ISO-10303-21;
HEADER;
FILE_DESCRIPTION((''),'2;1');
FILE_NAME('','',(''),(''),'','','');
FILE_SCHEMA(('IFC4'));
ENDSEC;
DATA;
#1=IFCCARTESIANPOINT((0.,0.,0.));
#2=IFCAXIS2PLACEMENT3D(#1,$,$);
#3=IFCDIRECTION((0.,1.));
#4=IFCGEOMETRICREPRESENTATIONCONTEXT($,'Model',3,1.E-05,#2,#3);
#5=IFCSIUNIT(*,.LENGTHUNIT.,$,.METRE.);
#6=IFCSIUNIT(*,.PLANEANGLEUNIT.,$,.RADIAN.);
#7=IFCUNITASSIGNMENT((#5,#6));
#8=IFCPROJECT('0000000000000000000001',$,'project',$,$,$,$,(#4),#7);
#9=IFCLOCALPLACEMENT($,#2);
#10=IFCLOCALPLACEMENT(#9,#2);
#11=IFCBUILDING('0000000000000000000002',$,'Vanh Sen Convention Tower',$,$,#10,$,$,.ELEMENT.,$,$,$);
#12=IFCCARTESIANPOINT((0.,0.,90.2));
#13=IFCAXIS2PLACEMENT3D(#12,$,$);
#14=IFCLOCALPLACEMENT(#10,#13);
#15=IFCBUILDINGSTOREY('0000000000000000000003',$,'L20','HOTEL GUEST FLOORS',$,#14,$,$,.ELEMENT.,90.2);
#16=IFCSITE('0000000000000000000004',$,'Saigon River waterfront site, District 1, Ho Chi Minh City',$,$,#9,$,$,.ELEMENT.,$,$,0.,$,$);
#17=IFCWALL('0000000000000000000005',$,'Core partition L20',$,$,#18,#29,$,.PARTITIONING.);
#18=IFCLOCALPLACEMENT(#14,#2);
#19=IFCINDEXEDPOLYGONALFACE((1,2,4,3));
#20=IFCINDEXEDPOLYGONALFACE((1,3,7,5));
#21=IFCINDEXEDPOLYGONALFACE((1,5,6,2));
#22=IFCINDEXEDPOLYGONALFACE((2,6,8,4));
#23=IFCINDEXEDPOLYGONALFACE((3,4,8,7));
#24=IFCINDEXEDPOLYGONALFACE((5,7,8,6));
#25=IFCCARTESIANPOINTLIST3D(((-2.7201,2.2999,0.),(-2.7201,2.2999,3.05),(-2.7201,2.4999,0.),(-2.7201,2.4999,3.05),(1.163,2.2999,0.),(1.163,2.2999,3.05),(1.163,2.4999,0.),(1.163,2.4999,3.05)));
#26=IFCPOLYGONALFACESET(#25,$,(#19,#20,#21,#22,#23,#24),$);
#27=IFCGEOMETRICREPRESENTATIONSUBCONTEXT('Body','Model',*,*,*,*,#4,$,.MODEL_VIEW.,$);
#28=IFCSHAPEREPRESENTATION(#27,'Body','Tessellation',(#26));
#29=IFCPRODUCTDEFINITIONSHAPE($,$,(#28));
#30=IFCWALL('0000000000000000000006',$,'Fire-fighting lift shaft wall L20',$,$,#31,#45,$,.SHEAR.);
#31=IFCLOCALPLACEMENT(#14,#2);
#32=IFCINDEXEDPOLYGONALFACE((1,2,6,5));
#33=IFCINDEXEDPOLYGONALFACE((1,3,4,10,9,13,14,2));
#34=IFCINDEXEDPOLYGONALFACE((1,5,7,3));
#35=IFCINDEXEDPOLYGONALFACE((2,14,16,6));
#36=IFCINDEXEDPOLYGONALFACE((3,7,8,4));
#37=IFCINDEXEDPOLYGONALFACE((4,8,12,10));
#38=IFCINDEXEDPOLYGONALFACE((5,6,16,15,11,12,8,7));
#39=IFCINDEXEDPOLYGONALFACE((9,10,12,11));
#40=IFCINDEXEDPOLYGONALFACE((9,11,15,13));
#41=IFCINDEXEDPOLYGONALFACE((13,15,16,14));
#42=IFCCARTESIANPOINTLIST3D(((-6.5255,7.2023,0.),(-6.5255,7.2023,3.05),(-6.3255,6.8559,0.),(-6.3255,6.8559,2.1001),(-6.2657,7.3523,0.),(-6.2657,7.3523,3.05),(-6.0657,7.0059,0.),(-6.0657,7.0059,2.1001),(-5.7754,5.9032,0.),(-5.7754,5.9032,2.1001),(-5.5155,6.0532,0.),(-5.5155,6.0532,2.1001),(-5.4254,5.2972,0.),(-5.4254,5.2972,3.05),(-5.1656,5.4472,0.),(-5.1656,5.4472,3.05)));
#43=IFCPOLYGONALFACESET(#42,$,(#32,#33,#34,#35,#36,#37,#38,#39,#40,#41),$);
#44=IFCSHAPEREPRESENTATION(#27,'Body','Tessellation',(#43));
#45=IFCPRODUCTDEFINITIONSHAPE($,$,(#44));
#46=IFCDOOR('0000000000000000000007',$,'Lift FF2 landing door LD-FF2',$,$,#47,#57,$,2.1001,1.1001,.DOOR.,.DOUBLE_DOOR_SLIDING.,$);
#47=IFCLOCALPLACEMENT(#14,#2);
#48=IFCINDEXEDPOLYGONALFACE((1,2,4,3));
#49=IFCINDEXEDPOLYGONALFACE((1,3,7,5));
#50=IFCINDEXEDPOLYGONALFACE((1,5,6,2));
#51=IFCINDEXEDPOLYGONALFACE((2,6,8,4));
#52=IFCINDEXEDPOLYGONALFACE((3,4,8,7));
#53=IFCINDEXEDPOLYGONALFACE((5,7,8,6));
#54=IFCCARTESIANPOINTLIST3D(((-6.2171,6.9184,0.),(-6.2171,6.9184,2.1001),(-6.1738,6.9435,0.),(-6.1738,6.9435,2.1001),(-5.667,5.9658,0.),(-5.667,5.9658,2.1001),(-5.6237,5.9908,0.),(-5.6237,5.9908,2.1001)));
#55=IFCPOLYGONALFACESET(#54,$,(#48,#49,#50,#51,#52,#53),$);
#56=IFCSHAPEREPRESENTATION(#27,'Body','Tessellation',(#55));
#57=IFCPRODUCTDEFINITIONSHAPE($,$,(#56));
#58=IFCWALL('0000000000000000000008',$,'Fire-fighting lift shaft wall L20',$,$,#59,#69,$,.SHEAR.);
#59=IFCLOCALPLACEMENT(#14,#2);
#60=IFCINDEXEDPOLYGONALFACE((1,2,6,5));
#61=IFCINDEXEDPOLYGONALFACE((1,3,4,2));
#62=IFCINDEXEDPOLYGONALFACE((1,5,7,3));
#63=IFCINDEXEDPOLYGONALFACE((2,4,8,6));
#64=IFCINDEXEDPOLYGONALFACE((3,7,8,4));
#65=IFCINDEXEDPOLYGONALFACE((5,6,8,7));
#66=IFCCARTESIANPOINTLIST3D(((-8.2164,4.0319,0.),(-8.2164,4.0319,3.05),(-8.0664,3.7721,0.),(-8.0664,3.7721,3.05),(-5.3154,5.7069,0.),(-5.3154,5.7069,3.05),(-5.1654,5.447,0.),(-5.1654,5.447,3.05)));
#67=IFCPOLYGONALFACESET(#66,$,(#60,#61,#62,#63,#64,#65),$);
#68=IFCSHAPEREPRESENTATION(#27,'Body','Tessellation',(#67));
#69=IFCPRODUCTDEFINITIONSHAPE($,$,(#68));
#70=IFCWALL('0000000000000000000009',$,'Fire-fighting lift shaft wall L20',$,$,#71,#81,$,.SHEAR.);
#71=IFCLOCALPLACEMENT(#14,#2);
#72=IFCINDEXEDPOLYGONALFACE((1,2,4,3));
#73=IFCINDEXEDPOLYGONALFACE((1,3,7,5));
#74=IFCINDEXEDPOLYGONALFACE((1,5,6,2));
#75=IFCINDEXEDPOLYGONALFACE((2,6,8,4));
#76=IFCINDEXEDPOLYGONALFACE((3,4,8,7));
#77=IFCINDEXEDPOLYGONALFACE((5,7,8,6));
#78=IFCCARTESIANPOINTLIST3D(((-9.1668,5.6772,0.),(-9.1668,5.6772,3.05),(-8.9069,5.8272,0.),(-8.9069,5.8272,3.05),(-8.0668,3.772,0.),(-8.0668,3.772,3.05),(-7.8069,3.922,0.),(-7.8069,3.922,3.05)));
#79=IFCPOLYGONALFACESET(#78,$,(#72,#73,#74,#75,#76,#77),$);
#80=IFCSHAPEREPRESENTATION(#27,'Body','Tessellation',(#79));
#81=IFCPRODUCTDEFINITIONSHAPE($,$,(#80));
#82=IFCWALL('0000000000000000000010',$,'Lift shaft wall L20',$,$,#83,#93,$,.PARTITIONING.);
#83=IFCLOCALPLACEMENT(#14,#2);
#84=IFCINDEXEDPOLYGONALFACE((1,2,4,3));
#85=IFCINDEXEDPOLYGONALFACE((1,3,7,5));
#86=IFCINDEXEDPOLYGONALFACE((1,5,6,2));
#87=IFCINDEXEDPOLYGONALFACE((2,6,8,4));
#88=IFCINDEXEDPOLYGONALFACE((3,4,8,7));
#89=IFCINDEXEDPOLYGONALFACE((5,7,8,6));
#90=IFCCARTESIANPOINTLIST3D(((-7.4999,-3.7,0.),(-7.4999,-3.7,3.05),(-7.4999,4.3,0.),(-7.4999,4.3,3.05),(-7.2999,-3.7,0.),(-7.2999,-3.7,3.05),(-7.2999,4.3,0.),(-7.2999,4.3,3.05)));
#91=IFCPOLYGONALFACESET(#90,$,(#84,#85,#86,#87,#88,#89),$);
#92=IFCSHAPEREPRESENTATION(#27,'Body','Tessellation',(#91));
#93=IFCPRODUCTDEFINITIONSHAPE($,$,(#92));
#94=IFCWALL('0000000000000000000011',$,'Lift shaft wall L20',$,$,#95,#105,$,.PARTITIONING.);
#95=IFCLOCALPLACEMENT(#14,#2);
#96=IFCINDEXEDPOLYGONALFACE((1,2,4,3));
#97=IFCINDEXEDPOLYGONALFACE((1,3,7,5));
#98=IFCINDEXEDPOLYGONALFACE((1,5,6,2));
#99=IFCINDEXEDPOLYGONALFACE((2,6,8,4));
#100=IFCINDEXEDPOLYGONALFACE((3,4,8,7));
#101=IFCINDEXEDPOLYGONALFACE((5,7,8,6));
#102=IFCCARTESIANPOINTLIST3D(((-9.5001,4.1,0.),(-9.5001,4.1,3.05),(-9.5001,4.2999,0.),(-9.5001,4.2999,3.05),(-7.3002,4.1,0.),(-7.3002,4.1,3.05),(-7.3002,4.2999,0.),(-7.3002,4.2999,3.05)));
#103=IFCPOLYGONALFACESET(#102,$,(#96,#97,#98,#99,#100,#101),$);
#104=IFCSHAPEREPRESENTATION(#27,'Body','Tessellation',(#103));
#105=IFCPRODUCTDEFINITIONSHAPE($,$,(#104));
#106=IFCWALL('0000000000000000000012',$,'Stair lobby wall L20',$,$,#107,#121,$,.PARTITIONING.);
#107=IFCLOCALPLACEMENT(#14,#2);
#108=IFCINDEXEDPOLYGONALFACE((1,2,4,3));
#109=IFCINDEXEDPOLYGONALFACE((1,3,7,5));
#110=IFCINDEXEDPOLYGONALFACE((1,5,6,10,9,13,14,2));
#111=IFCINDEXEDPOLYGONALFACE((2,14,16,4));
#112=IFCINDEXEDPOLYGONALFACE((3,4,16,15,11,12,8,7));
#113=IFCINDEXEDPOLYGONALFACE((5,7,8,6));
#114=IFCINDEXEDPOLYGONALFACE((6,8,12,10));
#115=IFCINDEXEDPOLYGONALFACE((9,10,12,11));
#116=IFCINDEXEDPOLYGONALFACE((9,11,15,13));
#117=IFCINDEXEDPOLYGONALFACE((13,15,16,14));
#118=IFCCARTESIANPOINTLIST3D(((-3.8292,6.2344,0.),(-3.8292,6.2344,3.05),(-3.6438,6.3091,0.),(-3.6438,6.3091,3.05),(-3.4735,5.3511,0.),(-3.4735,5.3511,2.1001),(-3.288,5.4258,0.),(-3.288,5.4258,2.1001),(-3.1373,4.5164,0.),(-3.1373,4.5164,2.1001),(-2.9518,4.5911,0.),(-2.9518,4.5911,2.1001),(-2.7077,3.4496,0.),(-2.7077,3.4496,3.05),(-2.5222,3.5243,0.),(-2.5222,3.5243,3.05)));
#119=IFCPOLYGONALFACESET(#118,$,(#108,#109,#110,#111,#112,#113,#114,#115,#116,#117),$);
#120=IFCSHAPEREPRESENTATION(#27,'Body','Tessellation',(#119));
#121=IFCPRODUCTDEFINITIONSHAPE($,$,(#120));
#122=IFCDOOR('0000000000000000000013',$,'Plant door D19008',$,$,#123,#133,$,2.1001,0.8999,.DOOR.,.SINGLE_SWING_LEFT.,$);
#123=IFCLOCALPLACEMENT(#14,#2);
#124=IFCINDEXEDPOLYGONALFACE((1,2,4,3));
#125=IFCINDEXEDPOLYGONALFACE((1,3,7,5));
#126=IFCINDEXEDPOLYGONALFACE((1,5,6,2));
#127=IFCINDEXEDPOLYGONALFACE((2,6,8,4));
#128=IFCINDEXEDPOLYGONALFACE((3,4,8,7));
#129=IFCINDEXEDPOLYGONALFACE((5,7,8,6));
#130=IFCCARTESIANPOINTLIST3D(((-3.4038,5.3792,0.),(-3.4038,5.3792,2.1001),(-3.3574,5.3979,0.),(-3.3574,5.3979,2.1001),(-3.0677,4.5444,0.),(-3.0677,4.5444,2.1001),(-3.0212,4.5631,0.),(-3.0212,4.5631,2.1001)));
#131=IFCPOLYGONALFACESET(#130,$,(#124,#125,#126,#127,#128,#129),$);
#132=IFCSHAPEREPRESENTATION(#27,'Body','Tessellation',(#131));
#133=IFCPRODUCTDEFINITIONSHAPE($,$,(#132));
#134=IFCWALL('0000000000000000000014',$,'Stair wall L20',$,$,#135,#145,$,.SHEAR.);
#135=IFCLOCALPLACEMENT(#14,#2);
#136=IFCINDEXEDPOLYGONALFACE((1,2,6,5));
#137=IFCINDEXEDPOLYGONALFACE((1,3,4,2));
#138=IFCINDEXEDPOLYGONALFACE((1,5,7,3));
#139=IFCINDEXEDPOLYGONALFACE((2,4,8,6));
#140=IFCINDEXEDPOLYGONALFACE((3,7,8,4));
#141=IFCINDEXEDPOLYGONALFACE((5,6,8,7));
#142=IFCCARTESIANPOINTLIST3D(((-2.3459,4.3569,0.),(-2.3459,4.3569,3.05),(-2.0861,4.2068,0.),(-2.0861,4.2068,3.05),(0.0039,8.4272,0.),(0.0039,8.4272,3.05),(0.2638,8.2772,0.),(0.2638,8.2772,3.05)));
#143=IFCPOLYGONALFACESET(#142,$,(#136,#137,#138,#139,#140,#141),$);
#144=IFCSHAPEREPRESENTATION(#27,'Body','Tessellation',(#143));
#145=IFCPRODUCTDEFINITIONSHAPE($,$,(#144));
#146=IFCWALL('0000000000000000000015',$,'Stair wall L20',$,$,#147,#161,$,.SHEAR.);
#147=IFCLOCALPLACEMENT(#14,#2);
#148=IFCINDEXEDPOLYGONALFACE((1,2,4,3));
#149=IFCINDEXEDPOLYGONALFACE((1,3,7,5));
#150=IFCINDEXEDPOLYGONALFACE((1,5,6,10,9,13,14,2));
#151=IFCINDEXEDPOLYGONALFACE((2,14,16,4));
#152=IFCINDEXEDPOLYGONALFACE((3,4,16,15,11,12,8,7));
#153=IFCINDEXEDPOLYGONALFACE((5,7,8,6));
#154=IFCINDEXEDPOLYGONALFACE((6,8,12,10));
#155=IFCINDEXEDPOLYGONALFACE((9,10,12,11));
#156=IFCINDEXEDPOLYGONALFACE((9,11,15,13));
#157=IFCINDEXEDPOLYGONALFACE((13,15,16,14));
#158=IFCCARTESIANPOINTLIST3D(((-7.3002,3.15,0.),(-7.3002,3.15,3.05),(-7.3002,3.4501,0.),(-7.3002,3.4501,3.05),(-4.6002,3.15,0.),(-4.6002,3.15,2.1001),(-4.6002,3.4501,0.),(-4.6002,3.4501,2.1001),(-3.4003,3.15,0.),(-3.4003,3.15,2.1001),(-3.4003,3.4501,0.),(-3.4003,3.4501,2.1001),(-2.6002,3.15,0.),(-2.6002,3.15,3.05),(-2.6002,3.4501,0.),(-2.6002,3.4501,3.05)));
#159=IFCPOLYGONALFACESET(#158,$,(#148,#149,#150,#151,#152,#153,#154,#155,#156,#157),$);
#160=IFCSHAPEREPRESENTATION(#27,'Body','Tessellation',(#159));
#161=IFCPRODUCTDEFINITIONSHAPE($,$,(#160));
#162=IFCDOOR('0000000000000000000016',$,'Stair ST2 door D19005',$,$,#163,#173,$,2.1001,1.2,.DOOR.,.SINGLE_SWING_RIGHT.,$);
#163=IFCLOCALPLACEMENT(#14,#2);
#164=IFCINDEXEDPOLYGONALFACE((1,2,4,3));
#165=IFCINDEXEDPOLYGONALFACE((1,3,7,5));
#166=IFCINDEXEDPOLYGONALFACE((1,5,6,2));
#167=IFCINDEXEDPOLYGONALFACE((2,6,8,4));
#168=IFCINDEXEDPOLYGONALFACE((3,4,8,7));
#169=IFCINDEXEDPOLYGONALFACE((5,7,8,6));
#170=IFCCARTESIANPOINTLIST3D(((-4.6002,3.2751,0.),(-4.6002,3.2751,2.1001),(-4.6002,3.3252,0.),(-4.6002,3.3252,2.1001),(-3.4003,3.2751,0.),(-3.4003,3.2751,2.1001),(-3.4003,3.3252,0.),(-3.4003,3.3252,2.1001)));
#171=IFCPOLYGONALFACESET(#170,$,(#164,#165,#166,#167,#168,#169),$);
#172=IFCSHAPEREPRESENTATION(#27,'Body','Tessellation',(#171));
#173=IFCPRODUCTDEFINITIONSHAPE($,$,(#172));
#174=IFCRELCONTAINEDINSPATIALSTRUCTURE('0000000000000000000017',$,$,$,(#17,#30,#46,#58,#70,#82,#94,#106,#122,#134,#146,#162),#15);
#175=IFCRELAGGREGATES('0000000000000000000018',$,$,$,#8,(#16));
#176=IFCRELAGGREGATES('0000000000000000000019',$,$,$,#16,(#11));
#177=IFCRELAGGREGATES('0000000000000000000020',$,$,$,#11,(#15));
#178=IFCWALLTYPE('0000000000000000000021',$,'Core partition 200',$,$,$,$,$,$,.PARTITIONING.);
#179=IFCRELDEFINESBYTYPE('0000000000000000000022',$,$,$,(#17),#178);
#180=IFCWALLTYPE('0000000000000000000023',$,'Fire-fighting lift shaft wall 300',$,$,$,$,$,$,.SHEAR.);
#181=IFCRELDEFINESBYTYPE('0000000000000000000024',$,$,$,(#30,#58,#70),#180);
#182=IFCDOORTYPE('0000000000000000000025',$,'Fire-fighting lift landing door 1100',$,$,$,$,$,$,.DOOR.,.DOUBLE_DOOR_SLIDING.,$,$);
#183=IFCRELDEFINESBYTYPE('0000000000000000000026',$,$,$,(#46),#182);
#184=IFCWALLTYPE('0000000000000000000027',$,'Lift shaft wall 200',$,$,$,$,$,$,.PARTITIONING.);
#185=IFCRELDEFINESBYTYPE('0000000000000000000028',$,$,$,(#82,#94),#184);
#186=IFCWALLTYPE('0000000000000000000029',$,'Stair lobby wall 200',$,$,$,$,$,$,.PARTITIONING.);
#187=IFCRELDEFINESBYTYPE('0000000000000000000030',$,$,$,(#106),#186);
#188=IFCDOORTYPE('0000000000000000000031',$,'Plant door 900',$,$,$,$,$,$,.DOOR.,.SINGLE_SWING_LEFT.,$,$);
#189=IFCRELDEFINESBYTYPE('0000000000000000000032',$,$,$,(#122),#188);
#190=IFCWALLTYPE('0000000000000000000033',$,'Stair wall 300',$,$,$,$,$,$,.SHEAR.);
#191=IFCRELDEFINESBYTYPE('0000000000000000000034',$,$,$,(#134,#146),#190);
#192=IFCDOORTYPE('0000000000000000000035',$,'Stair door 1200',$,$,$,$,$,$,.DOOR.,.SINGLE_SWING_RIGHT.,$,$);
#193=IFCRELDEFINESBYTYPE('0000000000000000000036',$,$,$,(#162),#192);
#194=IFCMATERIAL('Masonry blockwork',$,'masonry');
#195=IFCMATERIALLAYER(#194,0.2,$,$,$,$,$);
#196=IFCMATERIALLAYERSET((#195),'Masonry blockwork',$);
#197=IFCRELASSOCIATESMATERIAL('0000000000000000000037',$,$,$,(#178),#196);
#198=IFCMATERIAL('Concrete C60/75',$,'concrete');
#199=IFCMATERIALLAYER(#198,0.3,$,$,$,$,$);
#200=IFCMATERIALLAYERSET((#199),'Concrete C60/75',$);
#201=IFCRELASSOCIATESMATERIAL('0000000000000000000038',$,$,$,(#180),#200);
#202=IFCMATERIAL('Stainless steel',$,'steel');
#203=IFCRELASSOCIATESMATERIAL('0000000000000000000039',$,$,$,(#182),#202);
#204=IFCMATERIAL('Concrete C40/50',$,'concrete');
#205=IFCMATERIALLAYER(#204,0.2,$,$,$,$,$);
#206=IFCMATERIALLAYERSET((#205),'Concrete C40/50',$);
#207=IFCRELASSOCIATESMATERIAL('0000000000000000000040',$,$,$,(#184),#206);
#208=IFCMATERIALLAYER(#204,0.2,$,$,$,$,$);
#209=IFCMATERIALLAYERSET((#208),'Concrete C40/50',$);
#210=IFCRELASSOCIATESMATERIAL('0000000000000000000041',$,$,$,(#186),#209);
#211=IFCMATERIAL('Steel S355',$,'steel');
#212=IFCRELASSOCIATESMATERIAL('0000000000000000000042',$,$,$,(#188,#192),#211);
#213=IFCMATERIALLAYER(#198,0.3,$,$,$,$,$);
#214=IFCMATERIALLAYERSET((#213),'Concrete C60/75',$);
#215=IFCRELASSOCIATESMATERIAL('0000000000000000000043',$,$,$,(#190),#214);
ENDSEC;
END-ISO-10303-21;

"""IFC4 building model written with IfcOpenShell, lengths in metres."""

from ifc_helpers import new_model, si_unit, direction, frame, frame_2d, origin, place, context, subcontext, project, spatial, rectangle, extrude, material, layer, layer_set, type_object, element, fill, save


model = new_model("IFC4")

# Units and contexts
model_context = context("Model", 3, precision=1e-05, world=origin(), true_north=direction((0.0, 1.0)))
body_context = subcontext(model_context, "Body", "Model", "MODEL_VIEW")
ifc_project = project(units=[si_unit("LENGTHUNIT", "METRE"), si_unit("PLANEANGLEUNIT", "RADIAN")], contexts=[model_context])

# Site, building, storey
site_placement = place(None, origin())
site = spatial("IfcSite", under=ifc_project, at=site_placement, Name="Saigon River waterfront site, District 1, Ho Chi Minh City", CompositionType="ELEMENT", RefElevation=0.0)
building_placement = place(site_placement, origin())
building = spatial("IfcBuilding", under=site, at=building_placement, Name="Vanh Sen Convention Tower", CompositionType="ELEMENT")
storey_placement = place(building_placement, frame((0.0, 0.0, 90.2)))
storey = spatial("IfcBuildingStorey", under=building, at=storey_placement, Name="L20", Description="HOTEL GUEST FLOORS", CompositionType="ELEMENT", Elevation=90.2)

# Wall
ifc_material_1 = material(Name="Masonry blockwork", Category="masonry")
ifc_layer_1 = layer(ifc_material_1, 0.2)
ifc_layer_set_1 = layer_set([ifc_layer_1], Name="Masonry blockwork")
wall_type_1 = type_object("IfcWallType", Name="Core partition 200", PredefinedType="PARTITIONING", material=ifc_layer_set_1)
wall_1_placement = place(storey_placement, frame((-2.72, 2.3999, 0.0), z_axis=(0.0, 0.0, 1.0), x_axis=(1.0, 0.0, 0.0)))
element("IfcWall", 1, at=wall_1_placement, inside=storey, type_object=wall_type_1, Name="Core partition L20", PredefinedType="PARTITIONING", context=body_context, shape_type="SweptSolid", body=[
    extrude(rectangle(XDim=3.8831, YDim=0.2, at=frame_2d((1.9414, 0.0))), origin(), (0.0, 0.0, 1.0), 3.05),
])

# Wall, opening, door
ifc_material_2 = material(Name="Concrete C60/75", Category="concrete")
ifc_layer_2 = layer(ifc_material_2, 0.3)
ifc_layer_set_2 = layer_set([ifc_layer_2], Name="Concrete C60/75")
wall_type_2 = type_object("IfcWallType", Name="Fire-fighting lift shaft wall 300", PredefinedType="SHEAR", material=ifc_layer_set_2)
wall_2_placement = place(storey_placement, frame((-5.2954, 5.3721, 0.0), z_axis=(0.0, 0.0, 1.0), x_axis=(-0.500078, 0.86598, 0.0)))
wall_2 = element("IfcWall", 2, at=wall_2_placement, inside=storey, type_object=wall_type_2, Name="Fire-fighting lift shaft wall L20", PredefinedType="SHEAR", context=body_context, shape_type="SweptSolid", body=[
    extrude(rectangle(XDim=2.2, YDim=0.3, at=frame_2d((1.1001, 0.0))), origin(), (0.0, 0.0, 1.0), 3.05),
])
opening_1_placement = place(wall_2_placement, frame((0.7, 0.0, 0.0)))
opening_1 = element("IfcOpeningElement", 3, at=opening_1_placement, cuts=wall_2, PredefinedType="OPENING", context=body_context, shape_type="SweptSolid", body=[
    extrude(rectangle(XDim=1.1001, YDim=2.1001, at=frame_2d((0.55, 1.05))), frame((0.0, 0.1599, 0.0), z_axis=(0.0, -1.0, 0.0), x_axis=(1.0, 0.0, 0.0)), (0.0, 0.0, 1.0), 0.3201),
])
ifc_material_3 = material(Name="Stainless steel", Category="steel")
door_type_1 = type_object("IfcDoorType", Name="Fire-fighting lift landing door 1100", OperationType="DOUBLE_DOOR_SLIDING", PredefinedType="DOOR", material=ifc_material_3)
door_1_placement = place(opening_1_placement, origin())
door_1 = element("IfcDoor", 4, at=door_1_placement, inside=storey, type_object=door_type_1, Name="Lift FF2 landing door LD-FF2", OperationType="DOUBLE_DOOR_SLIDING", OverallHeight=2.1001, OverallWidth=1.1001, PredefinedType="DOOR", context=body_context, shape_type="SweptSolid", body=[
    extrude(rectangle(XDim=1.1001, YDim=2.1001, at=frame_2d((0.55, 1.05))), frame((0.0, 0.0249, 0.0), z_axis=(0.0, -1.0, 0.0), x_axis=(1.0, 0.0, 0.0)), (0.0, 0.0, 1.0), 0.05),
])
fill(opening_1, door_1)

# Walls
wall_3_placement = place(storey_placement, frame((-5.2405, 5.5769, 0.0), z_axis=(0.0, 0.0, 1.0), x_axis=(-0.866014, -0.500019, 0.0)))
element("IfcWall", 5, at=wall_3_placement, inside=storey, type_object=wall_type_2, Name="Fire-fighting lift shaft wall L20", PredefinedType="SHEAR", context=body_context, shape_type="SweptSolid", body=[
    extrude(rectangle(XDim=3.3499, YDim=0.3, at=frame_2d((1.6748, 0.0))), origin(), (0.0, 0.0, 1.0), 3.05),
])
wall_4_placement = place(storey_placement, frame((-7.9368, 3.8469, 0.0), z_axis=(0.0, 0.0, 1.0), x_axis=(-0.50003, 0.866008, 0.0)))
element("IfcWall", 6, at=wall_4_placement, inside=storey, type_object=wall_type_2, Name="Fire-fighting lift shaft wall L20", PredefinedType="SHEAR", context=body_context, shape_type="SweptSolid", body=[
    extrude(rectangle(XDim=2.2, YDim=0.3, at=frame_2d((1.1001, 0.0))), origin(), (0.0, 0.0, 1.0), 3.05),
])
ifc_material_4 = material(Name="Concrete C40/50", Category="concrete")
ifc_layer_3 = layer(ifc_material_4, 0.2)
ifc_layer_set_3 = layer_set([ifc_layer_3], Name="Concrete C40/50")
wall_type_3 = type_object("IfcWallType", Name="Lift shaft wall 200", PredefinedType="PARTITIONING", material=ifc_layer_set_3)
wall_5_placement = place(storey_placement, frame((-7.3999, 4.3, 0.0), z_axis=(0.0, 0.0, 1.0), x_axis=(0.0, -1.0, 0.0)))
element("IfcWall", 7, at=wall_5_placement, inside=storey, type_object=wall_type_3, Name="Lift shaft wall L20", PredefinedType="PARTITIONING", context=body_context, shape_type="SweptSolid", body=[
    extrude(rectangle(XDim=8.0, YDim=0.2, at=frame_2d((4.0, 0.0))), origin(), (0.0, 0.0, 1.0), 3.05),
])
wall_6_placement = place(storey_placement, frame((-7.3, 4.2, 0.0), z_axis=(0.0, 0.0, 1.0), x_axis=(-1.0, 0.0, 0.0)))
element("IfcWall", 8, at=wall_6_placement, inside=storey, type_object=wall_type_3, Name="Lift shaft wall L20", PredefinedType="PARTITIONING", context=body_context, shape_type="SweptSolid", body=[
    extrude(rectangle(XDim=2.2, YDim=0.2, at=frame_2d((1.1001, 0.0))), origin(), (0.0, 0.0, 1.0), 3.05),
])

# Wall, opening, door
ifc_layer_4 = layer(ifc_material_4, 0.2)
ifc_layer_set_4 = layer_set([ifc_layer_4], Name="Concrete C40/50")
wall_type_4 = type_object("IfcWallType", Name="Stair lobby wall 200", PredefinedType="PARTITIONING", material=ifc_layer_set_4)
wall_7_placement = place(storey_placement, frame((-2.615, 3.4871, 0.0), z_axis=(0.0, 0.0, 1.0), x_axis=(-0.373577, 0.927599, 0.0)))
wall_7 = element("IfcWall", 9, at=wall_7_placement, inside=storey, type_object=wall_type_4, Name="Stair lobby wall L20", PredefinedType="PARTITIONING", context=body_context, shape_type="SweptSolid", body=[
    extrude(rectangle(XDim=3.0022, YDim=0.2, at=frame_2d((1.501, 0.0))), origin(), (0.0, 0.0, 1.0), 3.05),
])
opening_2_placement = place(wall_7_placement, frame((1.1499, 0.0, 0.0)))
opening_2 = element("IfcOpeningElement", 10, at=opening_2_placement, cuts=wall_7, PredefinedType="OPENING", context=body_context, shape_type="SweptSolid", body=[
    extrude(rectangle(XDim=0.8999, YDim=2.1001, at=frame_2d((0.45, 1.05))), frame((0.0, 0.1099, 0.0), z_axis=(0.0, -1.0, 0.0), x_axis=(1.0, 0.0, 0.0)), (0.0, 0.0, 1.0), 0.22),
])
ifc_material_5 = material(Name="Steel S355", Category="steel")
door_type_2 = type_object("IfcDoorType", Name="Plant door 900", OperationType="SINGLE_SWING_LEFT", PredefinedType="DOOR", material=ifc_material_5)
door_2_placement = place(opening_2_placement, origin())
door_2 = element("IfcDoor", 11, at=door_2_placement, inside=storey, type_object=door_type_2, Name="Plant door D19008", OperationType="SINGLE_SWING_LEFT", OverallHeight=2.1001, OverallWidth=0.8999, PredefinedType="DOOR", context=body_context, shape_type="SweptSolid", body=[
    extrude(rectangle(XDim=0.8999, YDim=2.1001, at=frame_2d((0.45, 1.05))), frame((0.0, 0.0249, 0.0), z_axis=(0.0, -1.0, 0.0), x_axis=(1.0, 0.0, 0.0)), (0.0, 0.0, 1.0), 0.05),
])
fill(opening_2, door_2)

# Wall
ifc_layer_5 = layer(ifc_material_2, 0.3)
ifc_layer_set_5 = layer_set([ifc_layer_5], Name="Concrete C60/75")
wall_type_5 = type_object("IfcWallType", Name="Stair wall 300", PredefinedType="SHEAR", material=ifc_layer_set_5)
wall_8_placement = place(storey_placement, frame((-2.2161, 4.2817, 0.0), z_axis=(0.0, 0.0, 1.0), x_axis=(0.499977, 0.866039, 0.0)))
element("IfcWall", 12, at=wall_8_placement, inside=storey, type_object=wall_type_5, Name="Stair wall L20", PredefinedType="SHEAR", context=body_context, shape_type="SweptSolid", body=[
    extrude(rectangle(XDim=4.7, YDim=0.3, at=frame_2d((2.3501, 0.0))), origin(), (0.0, 0.0, 1.0), 3.05),
])

# Wall, opening, door
wall_9_placement = place(storey_placement, frame((-2.6001, 3.3, 0.0), z_axis=(0.0, 0.0, 1.0), x_axis=(-1.0, 0.0, 0.0)))
wall_9 = element("IfcWall", 13, at=wall_9_placement, inside=storey, type_object=wall_type_5, Name="Stair wall L20", PredefinedType="SHEAR", context=body_context, shape_type="SweptSolid", body=[
    extrude(rectangle(XDim=4.7, YDim=0.3, at=frame_2d((2.3501, 0.0))), origin(), (0.0, 0.0, 1.0), 3.05),
])
opening_3_placement = place(wall_9_placement, frame((0.8, 0.0, 0.0)))
opening_3 = element("IfcOpeningElement", 14, at=opening_3_placement, cuts=wall_9, PredefinedType="OPENING", context=body_context, shape_type="SweptSolid", body=[
    extrude(rectangle(XDim=1.2, YDim=2.1001, at=frame_2d((0.6001, 1.05))), frame((0.0, 0.1599, 0.0), z_axis=(0.0, -1.0, 0.0), x_axis=(1.0, 0.0, 0.0)), (0.0, 0.0, 1.0), 0.3201),
])
door_type_3 = type_object("IfcDoorType", Name="Stair door 1200", OperationType="SINGLE_SWING_RIGHT", PredefinedType="DOOR", material=ifc_material_5)
door_3_placement = place(opening_3_placement, origin())
door_3 = element("IfcDoor", 15, at=door_3_placement, inside=storey, type_object=door_type_3, Name="Stair ST2 door D19005", OperationType="SINGLE_SWING_RIGHT", OverallHeight=2.1001, OverallWidth=1.2, PredefinedType="DOOR", context=body_context, shape_type="SweptSolid", body=[
    extrude(rectangle(XDim=1.2, YDim=2.1001, at=frame_2d((0.6001, 1.05))), frame((0.0, 0.0249, 0.0), z_axis=(0.0, -1.0, 0.0), x_axis=(1.0, 0.0, 0.0)), (0.0, 0.0, 1.0), 0.05),
])
fill(opening_3, door_3)

save(model, "model.ifc")
